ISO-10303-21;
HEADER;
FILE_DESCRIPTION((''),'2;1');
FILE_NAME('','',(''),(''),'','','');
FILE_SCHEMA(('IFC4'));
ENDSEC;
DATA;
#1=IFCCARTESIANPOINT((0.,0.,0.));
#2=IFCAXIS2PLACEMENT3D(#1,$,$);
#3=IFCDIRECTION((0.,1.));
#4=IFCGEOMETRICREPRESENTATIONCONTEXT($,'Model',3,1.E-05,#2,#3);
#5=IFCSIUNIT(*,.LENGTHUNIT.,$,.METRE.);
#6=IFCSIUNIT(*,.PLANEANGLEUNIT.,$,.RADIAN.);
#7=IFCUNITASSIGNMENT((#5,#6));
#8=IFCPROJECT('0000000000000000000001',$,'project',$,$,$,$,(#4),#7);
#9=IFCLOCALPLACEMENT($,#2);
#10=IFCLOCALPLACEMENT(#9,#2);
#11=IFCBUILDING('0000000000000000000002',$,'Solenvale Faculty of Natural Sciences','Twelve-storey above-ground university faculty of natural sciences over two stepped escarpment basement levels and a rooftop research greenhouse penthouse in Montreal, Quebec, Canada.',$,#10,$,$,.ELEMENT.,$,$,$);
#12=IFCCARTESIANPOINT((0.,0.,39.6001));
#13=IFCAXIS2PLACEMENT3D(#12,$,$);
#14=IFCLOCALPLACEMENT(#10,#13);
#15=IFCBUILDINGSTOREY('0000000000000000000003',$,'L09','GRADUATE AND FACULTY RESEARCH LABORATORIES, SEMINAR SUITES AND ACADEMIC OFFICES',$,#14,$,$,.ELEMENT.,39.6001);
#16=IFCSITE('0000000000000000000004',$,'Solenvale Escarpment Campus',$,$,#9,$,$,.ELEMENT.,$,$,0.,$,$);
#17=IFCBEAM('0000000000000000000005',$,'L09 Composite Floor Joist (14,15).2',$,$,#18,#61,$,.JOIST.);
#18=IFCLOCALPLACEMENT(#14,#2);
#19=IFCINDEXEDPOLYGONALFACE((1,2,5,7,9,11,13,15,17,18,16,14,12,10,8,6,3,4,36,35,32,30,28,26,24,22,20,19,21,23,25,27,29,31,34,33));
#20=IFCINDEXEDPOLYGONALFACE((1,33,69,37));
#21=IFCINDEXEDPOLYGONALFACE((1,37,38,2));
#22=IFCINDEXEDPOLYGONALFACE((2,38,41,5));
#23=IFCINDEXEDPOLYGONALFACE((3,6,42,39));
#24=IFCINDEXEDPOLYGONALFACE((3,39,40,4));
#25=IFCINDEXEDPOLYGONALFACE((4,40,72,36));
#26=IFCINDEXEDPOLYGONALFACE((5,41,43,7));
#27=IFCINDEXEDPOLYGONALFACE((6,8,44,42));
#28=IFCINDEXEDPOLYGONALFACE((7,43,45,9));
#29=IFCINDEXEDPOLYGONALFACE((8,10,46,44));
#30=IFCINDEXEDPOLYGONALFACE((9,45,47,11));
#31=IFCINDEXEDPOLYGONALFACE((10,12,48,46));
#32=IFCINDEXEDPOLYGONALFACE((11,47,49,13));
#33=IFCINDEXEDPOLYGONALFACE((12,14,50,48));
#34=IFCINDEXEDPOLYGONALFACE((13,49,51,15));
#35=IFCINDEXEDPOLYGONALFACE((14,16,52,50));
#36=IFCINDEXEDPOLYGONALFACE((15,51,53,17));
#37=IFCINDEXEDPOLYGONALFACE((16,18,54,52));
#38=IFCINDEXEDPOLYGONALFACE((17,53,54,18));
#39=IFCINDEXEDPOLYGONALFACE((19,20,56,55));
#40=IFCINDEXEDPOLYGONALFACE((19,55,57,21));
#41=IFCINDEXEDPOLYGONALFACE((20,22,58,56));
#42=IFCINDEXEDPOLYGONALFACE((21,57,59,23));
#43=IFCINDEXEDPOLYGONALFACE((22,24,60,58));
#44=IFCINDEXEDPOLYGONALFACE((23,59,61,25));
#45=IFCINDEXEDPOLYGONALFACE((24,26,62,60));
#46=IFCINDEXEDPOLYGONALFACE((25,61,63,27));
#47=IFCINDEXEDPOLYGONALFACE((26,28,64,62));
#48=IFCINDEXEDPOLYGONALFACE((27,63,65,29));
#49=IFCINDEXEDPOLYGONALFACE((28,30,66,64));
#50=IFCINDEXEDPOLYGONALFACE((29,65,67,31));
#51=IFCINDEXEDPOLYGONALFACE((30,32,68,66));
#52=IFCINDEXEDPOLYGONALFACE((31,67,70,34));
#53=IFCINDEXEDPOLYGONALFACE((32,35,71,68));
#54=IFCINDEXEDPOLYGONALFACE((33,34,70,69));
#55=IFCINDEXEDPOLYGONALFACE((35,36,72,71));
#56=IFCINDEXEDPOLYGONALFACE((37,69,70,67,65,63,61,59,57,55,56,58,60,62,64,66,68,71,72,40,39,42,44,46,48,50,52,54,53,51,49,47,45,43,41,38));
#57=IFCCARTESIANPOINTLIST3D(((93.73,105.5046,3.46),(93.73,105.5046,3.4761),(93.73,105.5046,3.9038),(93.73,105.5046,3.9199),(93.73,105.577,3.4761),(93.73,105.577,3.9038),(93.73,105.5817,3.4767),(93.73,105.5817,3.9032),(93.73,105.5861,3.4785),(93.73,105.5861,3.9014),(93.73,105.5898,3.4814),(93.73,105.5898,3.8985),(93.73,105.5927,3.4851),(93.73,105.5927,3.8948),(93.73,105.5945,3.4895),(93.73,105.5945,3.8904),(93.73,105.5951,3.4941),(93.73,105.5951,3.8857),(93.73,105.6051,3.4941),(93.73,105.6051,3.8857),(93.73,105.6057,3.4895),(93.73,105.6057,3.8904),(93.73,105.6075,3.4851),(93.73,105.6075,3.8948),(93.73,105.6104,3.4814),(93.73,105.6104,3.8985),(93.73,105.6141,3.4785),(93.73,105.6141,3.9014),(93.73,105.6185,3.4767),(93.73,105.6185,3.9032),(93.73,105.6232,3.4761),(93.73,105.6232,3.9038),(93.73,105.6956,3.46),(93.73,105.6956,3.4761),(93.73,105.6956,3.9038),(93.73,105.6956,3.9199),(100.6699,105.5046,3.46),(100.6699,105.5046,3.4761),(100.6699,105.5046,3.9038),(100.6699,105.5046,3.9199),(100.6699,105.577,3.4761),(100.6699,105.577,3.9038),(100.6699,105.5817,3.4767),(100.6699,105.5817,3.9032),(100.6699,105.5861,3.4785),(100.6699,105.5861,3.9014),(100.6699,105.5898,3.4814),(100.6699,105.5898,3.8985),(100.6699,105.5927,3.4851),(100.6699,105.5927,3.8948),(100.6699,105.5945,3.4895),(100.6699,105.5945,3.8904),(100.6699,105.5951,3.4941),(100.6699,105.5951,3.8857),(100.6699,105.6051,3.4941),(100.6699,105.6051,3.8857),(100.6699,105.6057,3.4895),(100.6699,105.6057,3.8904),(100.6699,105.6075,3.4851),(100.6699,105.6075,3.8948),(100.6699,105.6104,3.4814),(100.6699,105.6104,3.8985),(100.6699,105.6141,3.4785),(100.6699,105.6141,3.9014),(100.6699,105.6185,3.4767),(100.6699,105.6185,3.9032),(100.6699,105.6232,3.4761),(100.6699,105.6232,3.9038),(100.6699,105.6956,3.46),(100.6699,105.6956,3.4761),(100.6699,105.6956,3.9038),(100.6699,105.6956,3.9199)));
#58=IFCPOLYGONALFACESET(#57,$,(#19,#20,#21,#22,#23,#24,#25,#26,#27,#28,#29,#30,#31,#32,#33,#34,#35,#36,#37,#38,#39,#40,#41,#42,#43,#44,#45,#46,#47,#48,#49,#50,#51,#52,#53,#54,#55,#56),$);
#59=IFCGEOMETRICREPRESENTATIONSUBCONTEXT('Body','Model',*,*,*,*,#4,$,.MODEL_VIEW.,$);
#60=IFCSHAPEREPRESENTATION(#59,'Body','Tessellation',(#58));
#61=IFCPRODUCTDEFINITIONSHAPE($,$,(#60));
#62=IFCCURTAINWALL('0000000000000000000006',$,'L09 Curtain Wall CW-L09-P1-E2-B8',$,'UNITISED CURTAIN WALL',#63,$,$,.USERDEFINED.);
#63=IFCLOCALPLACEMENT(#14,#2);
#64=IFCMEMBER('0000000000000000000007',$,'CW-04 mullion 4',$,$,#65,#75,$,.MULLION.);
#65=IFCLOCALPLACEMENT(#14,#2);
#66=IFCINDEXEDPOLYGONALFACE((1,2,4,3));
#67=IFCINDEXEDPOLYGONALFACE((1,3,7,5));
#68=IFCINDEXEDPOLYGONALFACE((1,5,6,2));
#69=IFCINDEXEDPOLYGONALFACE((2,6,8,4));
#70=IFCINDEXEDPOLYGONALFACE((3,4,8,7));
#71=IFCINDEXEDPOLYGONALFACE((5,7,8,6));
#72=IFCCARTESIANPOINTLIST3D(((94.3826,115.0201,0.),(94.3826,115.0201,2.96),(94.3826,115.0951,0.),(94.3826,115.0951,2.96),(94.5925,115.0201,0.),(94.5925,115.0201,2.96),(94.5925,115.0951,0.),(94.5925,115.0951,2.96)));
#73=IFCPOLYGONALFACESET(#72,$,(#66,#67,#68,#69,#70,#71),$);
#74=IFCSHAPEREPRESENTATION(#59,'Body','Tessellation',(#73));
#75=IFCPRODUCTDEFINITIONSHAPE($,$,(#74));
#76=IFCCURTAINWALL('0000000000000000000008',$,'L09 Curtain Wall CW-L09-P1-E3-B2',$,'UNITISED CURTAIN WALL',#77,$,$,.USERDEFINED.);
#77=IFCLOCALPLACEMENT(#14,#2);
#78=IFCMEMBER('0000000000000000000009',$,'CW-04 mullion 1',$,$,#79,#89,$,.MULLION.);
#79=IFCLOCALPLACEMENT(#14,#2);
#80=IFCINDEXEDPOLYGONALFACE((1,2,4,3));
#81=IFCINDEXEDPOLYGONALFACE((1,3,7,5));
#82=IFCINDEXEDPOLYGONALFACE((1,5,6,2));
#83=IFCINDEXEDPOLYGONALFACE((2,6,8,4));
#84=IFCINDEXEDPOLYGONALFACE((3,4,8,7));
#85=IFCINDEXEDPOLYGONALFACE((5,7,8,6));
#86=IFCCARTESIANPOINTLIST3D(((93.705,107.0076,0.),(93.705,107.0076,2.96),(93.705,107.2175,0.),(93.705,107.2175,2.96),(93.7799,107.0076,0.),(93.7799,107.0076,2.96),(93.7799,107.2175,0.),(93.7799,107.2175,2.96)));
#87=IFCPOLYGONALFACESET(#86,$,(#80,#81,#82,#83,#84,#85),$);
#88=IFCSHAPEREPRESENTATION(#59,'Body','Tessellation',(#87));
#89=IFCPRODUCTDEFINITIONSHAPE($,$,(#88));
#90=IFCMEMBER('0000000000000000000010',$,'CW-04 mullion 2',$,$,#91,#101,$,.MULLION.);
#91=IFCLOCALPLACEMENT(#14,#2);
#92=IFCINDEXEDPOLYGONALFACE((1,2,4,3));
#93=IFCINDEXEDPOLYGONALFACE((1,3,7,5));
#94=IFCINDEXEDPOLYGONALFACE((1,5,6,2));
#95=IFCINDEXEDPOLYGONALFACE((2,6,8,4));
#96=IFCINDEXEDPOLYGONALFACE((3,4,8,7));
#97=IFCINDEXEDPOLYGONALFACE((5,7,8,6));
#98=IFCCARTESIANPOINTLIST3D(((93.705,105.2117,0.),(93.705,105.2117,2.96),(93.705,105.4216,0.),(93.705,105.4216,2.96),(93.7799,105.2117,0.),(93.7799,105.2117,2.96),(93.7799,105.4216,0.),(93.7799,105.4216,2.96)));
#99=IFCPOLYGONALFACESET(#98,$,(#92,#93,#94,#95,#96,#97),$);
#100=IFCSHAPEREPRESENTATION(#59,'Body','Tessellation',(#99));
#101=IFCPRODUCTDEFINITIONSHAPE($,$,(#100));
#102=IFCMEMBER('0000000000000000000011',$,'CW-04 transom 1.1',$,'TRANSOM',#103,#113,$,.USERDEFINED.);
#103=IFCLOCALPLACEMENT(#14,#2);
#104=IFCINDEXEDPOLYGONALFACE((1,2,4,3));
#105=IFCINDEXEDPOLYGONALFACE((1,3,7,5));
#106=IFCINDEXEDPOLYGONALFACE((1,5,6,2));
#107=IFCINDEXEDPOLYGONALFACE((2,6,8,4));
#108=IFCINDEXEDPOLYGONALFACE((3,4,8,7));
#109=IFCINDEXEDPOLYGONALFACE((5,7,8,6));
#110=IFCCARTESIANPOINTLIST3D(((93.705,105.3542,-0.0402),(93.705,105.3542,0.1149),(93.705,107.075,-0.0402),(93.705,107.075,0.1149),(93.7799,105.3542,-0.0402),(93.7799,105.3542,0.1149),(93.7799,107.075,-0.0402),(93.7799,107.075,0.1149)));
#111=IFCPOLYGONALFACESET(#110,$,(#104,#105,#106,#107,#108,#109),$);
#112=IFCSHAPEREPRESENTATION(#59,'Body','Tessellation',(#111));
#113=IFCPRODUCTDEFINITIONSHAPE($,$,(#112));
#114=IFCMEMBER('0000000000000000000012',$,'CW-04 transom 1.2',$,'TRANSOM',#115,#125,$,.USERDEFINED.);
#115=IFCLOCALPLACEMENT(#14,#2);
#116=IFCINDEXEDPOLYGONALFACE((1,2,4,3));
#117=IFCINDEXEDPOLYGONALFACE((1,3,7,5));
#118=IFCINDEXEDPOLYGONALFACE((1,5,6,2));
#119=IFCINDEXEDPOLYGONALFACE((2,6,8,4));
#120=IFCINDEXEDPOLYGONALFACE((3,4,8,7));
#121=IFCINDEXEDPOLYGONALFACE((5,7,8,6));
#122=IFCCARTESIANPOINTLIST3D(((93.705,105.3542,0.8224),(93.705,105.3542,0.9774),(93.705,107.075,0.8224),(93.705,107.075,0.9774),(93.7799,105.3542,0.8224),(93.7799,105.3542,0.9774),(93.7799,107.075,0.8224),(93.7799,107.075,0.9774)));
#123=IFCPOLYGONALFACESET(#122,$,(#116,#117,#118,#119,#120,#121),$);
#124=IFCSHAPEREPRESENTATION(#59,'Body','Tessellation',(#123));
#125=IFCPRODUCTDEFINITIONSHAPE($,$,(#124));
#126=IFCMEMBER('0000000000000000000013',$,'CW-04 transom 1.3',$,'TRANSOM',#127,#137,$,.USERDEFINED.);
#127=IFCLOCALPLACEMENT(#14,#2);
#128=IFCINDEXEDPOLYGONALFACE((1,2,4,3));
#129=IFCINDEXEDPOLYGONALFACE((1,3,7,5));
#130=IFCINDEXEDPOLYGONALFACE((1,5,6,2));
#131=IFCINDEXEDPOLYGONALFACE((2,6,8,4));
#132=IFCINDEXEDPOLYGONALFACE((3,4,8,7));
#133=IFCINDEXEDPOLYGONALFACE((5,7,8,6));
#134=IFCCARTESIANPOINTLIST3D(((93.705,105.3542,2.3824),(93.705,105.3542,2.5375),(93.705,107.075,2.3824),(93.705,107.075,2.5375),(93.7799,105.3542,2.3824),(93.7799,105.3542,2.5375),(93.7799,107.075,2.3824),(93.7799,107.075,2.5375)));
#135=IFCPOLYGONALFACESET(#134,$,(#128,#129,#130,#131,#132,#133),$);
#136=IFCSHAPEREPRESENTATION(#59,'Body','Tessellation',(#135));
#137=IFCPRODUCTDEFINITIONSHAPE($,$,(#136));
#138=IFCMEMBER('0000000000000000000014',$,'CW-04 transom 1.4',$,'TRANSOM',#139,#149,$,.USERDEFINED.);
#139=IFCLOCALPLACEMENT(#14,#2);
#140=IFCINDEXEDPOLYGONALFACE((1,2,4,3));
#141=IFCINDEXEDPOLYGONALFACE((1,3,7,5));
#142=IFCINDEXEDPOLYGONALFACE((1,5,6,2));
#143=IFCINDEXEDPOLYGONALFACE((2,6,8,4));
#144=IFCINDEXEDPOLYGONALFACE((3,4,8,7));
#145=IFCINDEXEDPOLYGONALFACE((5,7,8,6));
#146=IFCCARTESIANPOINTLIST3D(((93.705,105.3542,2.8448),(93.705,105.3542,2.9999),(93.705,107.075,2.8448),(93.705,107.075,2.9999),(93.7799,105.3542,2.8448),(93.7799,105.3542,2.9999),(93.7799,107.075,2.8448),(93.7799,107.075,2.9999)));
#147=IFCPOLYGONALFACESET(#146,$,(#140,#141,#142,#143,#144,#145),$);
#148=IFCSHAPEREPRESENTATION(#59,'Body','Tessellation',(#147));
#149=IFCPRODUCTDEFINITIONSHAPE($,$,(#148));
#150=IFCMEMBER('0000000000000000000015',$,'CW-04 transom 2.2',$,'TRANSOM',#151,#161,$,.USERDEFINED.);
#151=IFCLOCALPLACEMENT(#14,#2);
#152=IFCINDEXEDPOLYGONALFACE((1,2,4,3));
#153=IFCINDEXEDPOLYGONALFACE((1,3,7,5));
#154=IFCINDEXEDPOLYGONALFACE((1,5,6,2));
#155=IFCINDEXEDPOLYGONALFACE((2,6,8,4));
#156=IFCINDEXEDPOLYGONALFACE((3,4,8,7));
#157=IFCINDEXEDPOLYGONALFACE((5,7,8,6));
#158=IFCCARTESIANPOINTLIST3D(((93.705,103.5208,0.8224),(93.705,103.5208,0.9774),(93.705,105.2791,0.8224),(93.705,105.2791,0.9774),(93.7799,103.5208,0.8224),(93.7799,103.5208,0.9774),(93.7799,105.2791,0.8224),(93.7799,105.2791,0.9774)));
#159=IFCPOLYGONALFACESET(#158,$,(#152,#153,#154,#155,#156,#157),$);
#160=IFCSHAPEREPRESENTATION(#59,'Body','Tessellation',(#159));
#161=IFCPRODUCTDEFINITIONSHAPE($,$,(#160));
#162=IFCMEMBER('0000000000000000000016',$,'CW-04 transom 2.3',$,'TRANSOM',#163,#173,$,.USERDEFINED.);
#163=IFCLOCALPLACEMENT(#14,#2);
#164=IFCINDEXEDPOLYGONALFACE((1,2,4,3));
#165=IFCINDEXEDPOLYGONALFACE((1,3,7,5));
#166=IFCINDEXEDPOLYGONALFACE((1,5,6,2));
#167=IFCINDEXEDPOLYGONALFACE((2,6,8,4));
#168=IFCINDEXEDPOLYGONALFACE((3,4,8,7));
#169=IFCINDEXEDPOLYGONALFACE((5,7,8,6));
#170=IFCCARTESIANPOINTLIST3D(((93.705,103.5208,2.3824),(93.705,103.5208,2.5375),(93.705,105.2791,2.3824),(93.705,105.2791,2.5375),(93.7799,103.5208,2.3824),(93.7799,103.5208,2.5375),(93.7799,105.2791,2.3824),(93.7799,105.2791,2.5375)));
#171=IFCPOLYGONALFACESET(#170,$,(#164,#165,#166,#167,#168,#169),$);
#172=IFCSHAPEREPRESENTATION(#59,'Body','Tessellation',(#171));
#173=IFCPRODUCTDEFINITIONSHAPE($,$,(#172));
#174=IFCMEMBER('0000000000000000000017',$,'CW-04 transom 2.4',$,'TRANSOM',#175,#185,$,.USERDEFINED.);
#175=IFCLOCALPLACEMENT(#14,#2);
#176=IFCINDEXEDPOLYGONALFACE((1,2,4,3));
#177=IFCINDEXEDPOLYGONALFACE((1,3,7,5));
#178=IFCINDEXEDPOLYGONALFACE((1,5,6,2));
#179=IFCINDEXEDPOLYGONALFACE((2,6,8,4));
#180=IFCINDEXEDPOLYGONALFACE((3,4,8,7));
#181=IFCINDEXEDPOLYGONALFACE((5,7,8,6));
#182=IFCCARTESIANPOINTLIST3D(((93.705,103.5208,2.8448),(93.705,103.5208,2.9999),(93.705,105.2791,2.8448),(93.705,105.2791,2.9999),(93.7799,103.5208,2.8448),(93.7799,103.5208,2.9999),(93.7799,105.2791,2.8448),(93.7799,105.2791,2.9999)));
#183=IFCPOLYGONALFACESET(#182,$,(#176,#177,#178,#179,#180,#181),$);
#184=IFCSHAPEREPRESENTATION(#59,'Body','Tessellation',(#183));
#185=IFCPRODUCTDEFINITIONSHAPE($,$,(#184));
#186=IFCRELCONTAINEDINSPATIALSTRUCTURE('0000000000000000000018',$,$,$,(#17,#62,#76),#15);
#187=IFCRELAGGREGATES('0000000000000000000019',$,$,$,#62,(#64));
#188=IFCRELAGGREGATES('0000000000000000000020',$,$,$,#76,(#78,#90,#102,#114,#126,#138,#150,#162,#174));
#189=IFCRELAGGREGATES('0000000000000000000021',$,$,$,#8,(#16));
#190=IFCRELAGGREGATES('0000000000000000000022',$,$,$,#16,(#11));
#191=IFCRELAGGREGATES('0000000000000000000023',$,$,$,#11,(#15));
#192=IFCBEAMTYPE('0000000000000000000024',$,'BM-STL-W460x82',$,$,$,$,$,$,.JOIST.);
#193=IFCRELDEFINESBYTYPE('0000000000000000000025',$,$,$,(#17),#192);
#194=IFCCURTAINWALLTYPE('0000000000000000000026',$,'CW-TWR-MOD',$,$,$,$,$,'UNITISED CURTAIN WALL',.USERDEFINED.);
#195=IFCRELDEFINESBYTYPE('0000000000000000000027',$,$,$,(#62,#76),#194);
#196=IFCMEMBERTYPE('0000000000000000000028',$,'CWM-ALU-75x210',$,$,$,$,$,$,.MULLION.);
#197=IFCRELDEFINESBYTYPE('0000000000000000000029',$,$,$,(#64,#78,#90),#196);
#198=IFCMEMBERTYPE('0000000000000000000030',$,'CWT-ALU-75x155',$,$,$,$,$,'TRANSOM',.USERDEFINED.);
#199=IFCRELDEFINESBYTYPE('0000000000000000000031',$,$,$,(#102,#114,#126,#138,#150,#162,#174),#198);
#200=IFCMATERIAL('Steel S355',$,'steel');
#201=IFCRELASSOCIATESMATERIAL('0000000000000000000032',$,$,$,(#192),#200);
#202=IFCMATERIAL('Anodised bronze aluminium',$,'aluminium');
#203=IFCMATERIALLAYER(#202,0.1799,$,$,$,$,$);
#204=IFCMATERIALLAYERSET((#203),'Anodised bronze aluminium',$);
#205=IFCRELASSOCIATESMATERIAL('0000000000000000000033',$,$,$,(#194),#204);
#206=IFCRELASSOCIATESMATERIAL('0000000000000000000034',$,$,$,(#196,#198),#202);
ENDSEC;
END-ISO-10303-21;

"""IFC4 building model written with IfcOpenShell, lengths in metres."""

from ifc_helpers import new_model, si_unit, direction, frame, origin, origin_2d, place, context, subcontext, project, spatial, rectangle, i_section, extrude, material, layer, layer_set, material_profile, profile_set, type_object, element, aggregate, save


model = new_model("IFC4")

# Units and contexts
model_context = context("Model", 3, precision=1e-05, world=origin(), true_north=direction((0.0, 1.0)))
body_context = subcontext(model_context, "Body", "Model", "MODEL_VIEW")
ifc_project = project(units=[si_unit("LENGTHUNIT", "METRE"), si_unit("PLANEANGLEUNIT", "RADIAN")], contexts=[model_context])

# Site, building, storey
site_placement = place(None, origin())
site = spatial("IfcSite", under=ifc_project, at=site_placement, Name="Solenvale Escarpment Campus", CompositionType="ELEMENT", RefElevation=0.0)
building_placement = place(site_placement, origin())
building = spatial("IfcBuilding", under=site, at=building_placement, Name="Solenvale Faculty of Natural Sciences", Description="Twelve-storey above-ground university faculty of natural sciences over two stepped escarpment basement levels and a rooftop research greenhouse penthouse in Montreal, Quebec, Canada.", CompositionType="ELEMENT")
storey_placement = place(building_placement, frame((0.0, 0.0, 39.6001)))
storey = spatial("IfcBuildingStorey", under=building, at=storey_placement, Name="L09", Description="GRADUATE AND FACULTY RESEARCH LABORATORIES, SEMINAR SUITES AND ACADEMIC OFFICES", CompositionType="ELEMENT", Elevation=39.6001)

# Beam
ifc_material_1 = material(Name="Steel S355", Category="steel")
ifc_material_profile_1 = material_profile(ifc_material_1, i_section(OverallWidth=0.1909, OverallDepth=0.46, WebThickness=0.01, FlangeThickness=0.0161, FilletRadius=0.0181, at=origin_2d()), Name="W460x82")
ifc_profile_set_1 = profile_set([ifc_material_profile_1], Name="Steel S355")
beam_type_1 = type_object("IfcBeamType", Name="BM-STL-W460x82", PredefinedType="JOIST", material=ifc_profile_set_1)
beam_1_placement = place(storey_placement, frame((93.73, 105.6001, 3.6899), z_axis=(1.0, 0.0, 0.0), x_axis=(0.0, 1.0, 0.0)))
element("IfcBeam", 1, at=beam_1_placement, inside=storey, type_object=beam_type_1, Name="L09 Composite Floor Joist (14,15).2", PredefinedType="JOIST", context=body_context, shape_type="SweptSolid", body=[
    extrude(i_section(OverallWidth=0.1909, OverallDepth=0.46, WebThickness=0.01, FlangeThickness=0.0161, FilletRadius=0.0181, at=origin_2d()), origin(), (0.0, 0.0, 1.0), 6.9399),
])

# Curtain wall, member
ifc_material_2 = material(Name="Anodised bronze aluminium", Category="aluminium")
ifc_layer_1 = layer(ifc_material_2, 0.1799)
ifc_layer_set_1 = layer_set([ifc_layer_1], Name="Anodised bronze aluminium")
curtain_wall_type = type_object("IfcCurtainWallType", Name="CW-TWR-MOD", ElementType="UNITISED CURTAIN WALL", PredefinedType="USERDEFINED", material=ifc_layer_set_1)
curtain_wall_1_placement = place(storey_placement, origin())
curtain_wall_1 = element("IfcCurtainWall", 2, at=curtain_wall_1_placement, inside=storey, type_object=curtain_wall_type, Name="L09 Curtain Wall CW-L09-P1-E2-B8", ObjectType="UNITISED CURTAIN WALL", PredefinedType="USERDEFINED")
ifc_material_profile_2 = material_profile(ifc_material_2, rectangle(XDim=0.075, YDim=0.21, at=origin_2d()), Name="ALU-MUL-75x210")
ifc_profile_set_2 = profile_set([ifc_material_profile_2], Name="Anodised bronze aluminium")
member_type_1 = type_object("IfcMemberType", Name="CWM-ALU-75x210", PredefinedType="MULLION", material=ifc_profile_set_2)
member_1_placement = place(storey_placement, frame((94.4875, 115.0576, 0.0), z_axis=(0.0, 0.0, 1.0), x_axis=(0.0, -1.0, 0.0)))
member_1 = element("IfcMember", 3, at=member_1_placement, type_object=member_type_1, Name="CW-04 mullion 4", PredefinedType="MULLION", context=body_context, shape_type="SweptSolid", body=[
    extrude(rectangle(XDim=0.075, YDim=0.21, at=origin_2d()), origin(), (0.0, 0.0, 1.0), 2.96),
])

# Curtain wall, members
curtain_wall_2_placement = place(storey_placement, origin())
curtain_wall_2 = element("IfcCurtainWall", 4, at=curtain_wall_2_placement, inside=storey, type_object=curtain_wall_type, Name="L09 Curtain Wall CW-L09-P1-E3-B2", ObjectType="UNITISED CURTAIN WALL", PredefinedType="USERDEFINED")
member_2_placement = place(storey_placement, frame((93.7424, 107.1125, 0.0), z_axis=(0.0, 0.0, 1.0), x_axis=(1.0, 0.0, 0.0)))
member_2 = element("IfcMember", 5, at=member_2_placement, type_object=member_type_1, Name="CW-04 mullion 1", PredefinedType="MULLION", context=body_context, shape_type="SweptSolid", body=[
    extrude(rectangle(XDim=0.075, YDim=0.21, at=origin_2d()), origin(), (0.0, 0.0, 1.0), 2.96),
])
member_3_placement = place(storey_placement, frame((93.7424, 105.3167, 0.0), z_axis=(0.0, 0.0, 1.0), x_axis=(1.0, 0.0, 0.0)))
member_3 = element("IfcMember", 6, at=member_3_placement, type_object=member_type_1, Name="CW-04 mullion 2", PredefinedType="MULLION", context=body_context, shape_type="SweptSolid", body=[
    extrude(rectangle(XDim=0.075, YDim=0.21, at=origin_2d()), origin(), (0.0, 0.0, 1.0), 2.96),
])
ifc_material_profile_3 = material_profile(ifc_material_2, rectangle(XDim=0.075, YDim=0.155, at=origin_2d()), Name="ALU-TRN-75x155")
ifc_profile_set_3 = profile_set([ifc_material_profile_3], Name="Anodised bronze aluminium")
member_type_2 = type_object("IfcMemberType", Name="CWT-ALU-75x155", ElementType="TRANSOM", PredefinedType="USERDEFINED", material=ifc_profile_set_3)
member_4_placement = place(storey_placement, frame((93.7424, 107.075, 0.0374), z_axis=(0.0, -1.0, 0.0), x_axis=(1.0, 0.0, 0.0)))
member_4 = element("IfcMember", 7, at=member_4_placement, type_object=member_type_2, Name="CW-04 transom 1.1", ObjectType="TRANSOM", PredefinedType="USERDEFINED", context=body_context, shape_type="SweptSolid", body=[
    extrude(rectangle(XDim=0.075, YDim=0.155, at=origin_2d()), origin(), (0.0, 0.0, 1.0), 1.7207),
])
member_5_placement = place(storey_placement, frame((93.7424, 107.075, 0.8999), z_axis=(0.0, -1.0, 0.0), x_axis=(1.0, 0.0, 0.0)))
member_5 = element("IfcMember", 8, at=member_5_placement, type_object=member_type_2, Name="CW-04 transom 1.2", ObjectType="TRANSOM", PredefinedType="USERDEFINED", context=body_context, shape_type="SweptSolid", body=[
    extrude(rectangle(XDim=0.075, YDim=0.155, at=origin_2d()), origin(), (0.0, 0.0, 1.0), 1.7207),
])
member_6_placement = place(storey_placement, frame((93.7424, 107.075, 2.46), z_axis=(0.0, -1.0, 0.0), x_axis=(1.0, 0.0, 0.0)))
member_6 = element("IfcMember", 9, at=member_6_placement, type_object=member_type_2, Name="CW-04 transom 1.3", ObjectType="TRANSOM", PredefinedType="USERDEFINED", context=body_context, shape_type="SweptSolid", body=[
    extrude(rectangle(XDim=0.075, YDim=0.155, at=origin_2d()), origin(), (0.0, 0.0, 1.0), 1.7207),
])
member_7_placement = place(storey_placement, frame((93.7424, 107.075, 2.9224), z_axis=(0.0, -1.0, 0.0), x_axis=(1.0, 0.0, 0.0)))
member_7 = element("IfcMember", 10, at=member_7_placement, type_object=member_type_2, Name="CW-04 transom 1.4", ObjectType="TRANSOM", PredefinedType="USERDEFINED", context=body_context, shape_type="SweptSolid", body=[
    extrude(rectangle(XDim=0.075, YDim=0.155, at=origin_2d()), origin(), (0.0, 0.0, 1.0), 1.7207),
])
member_8_placement = place(storey_placement, frame((93.7424, 105.2791, 0.8999), z_axis=(0.0, -1.0, 0.0), x_axis=(1.0, 0.0, 0.0)))
member_8 = element("IfcMember", 11, at=member_8_placement, type_object=member_type_2, Name="CW-04 transom 2.2", ObjectType="TRANSOM", PredefinedType="USERDEFINED", context=body_context, shape_type="SweptSolid", body=[
    extrude(rectangle(XDim=0.075, YDim=0.155, at=origin_2d()), origin(), (0.0, 0.0, 1.0), 1.7583),
])
member_9_placement = place(storey_placement, frame((93.7424, 105.2791, 2.46), z_axis=(0.0, -1.0, 0.0), x_axis=(1.0, 0.0, 0.0)))
member_9 = element("IfcMember", 12, at=member_9_placement, type_object=member_type_2, Name="CW-04 transom 2.3", ObjectType="TRANSOM", PredefinedType="USERDEFINED", context=body_context, shape_type="SweptSolid", body=[
    extrude(rectangle(XDim=0.075, YDim=0.155, at=origin_2d()), origin(), (0.0, 0.0, 1.0), 1.7583),
])
member_10_placement = place(storey_placement, frame((93.7424, 105.2791, 2.9224), z_axis=(0.0, -1.0, 0.0), x_axis=(1.0, 0.0, 0.0)))
member_10 = element("IfcMember", 13, at=member_10_placement, type_object=member_type_2, Name="CW-04 transom 2.4", ObjectType="TRANSOM", PredefinedType="USERDEFINED", context=body_context, shape_type="SweptSolid", body=[
    extrude(rectangle(XDim=0.075, YDim=0.155, at=origin_2d()), origin(), (0.0, 0.0, 1.0), 1.7583),
])

aggregate(curtain_wall_1, [member_1])
aggregate(curtain_wall_2, [member_2, member_3, member_4, member_5, member_6, member_7, member_8, member_9, member_10])

save(model, "model.ifc")
